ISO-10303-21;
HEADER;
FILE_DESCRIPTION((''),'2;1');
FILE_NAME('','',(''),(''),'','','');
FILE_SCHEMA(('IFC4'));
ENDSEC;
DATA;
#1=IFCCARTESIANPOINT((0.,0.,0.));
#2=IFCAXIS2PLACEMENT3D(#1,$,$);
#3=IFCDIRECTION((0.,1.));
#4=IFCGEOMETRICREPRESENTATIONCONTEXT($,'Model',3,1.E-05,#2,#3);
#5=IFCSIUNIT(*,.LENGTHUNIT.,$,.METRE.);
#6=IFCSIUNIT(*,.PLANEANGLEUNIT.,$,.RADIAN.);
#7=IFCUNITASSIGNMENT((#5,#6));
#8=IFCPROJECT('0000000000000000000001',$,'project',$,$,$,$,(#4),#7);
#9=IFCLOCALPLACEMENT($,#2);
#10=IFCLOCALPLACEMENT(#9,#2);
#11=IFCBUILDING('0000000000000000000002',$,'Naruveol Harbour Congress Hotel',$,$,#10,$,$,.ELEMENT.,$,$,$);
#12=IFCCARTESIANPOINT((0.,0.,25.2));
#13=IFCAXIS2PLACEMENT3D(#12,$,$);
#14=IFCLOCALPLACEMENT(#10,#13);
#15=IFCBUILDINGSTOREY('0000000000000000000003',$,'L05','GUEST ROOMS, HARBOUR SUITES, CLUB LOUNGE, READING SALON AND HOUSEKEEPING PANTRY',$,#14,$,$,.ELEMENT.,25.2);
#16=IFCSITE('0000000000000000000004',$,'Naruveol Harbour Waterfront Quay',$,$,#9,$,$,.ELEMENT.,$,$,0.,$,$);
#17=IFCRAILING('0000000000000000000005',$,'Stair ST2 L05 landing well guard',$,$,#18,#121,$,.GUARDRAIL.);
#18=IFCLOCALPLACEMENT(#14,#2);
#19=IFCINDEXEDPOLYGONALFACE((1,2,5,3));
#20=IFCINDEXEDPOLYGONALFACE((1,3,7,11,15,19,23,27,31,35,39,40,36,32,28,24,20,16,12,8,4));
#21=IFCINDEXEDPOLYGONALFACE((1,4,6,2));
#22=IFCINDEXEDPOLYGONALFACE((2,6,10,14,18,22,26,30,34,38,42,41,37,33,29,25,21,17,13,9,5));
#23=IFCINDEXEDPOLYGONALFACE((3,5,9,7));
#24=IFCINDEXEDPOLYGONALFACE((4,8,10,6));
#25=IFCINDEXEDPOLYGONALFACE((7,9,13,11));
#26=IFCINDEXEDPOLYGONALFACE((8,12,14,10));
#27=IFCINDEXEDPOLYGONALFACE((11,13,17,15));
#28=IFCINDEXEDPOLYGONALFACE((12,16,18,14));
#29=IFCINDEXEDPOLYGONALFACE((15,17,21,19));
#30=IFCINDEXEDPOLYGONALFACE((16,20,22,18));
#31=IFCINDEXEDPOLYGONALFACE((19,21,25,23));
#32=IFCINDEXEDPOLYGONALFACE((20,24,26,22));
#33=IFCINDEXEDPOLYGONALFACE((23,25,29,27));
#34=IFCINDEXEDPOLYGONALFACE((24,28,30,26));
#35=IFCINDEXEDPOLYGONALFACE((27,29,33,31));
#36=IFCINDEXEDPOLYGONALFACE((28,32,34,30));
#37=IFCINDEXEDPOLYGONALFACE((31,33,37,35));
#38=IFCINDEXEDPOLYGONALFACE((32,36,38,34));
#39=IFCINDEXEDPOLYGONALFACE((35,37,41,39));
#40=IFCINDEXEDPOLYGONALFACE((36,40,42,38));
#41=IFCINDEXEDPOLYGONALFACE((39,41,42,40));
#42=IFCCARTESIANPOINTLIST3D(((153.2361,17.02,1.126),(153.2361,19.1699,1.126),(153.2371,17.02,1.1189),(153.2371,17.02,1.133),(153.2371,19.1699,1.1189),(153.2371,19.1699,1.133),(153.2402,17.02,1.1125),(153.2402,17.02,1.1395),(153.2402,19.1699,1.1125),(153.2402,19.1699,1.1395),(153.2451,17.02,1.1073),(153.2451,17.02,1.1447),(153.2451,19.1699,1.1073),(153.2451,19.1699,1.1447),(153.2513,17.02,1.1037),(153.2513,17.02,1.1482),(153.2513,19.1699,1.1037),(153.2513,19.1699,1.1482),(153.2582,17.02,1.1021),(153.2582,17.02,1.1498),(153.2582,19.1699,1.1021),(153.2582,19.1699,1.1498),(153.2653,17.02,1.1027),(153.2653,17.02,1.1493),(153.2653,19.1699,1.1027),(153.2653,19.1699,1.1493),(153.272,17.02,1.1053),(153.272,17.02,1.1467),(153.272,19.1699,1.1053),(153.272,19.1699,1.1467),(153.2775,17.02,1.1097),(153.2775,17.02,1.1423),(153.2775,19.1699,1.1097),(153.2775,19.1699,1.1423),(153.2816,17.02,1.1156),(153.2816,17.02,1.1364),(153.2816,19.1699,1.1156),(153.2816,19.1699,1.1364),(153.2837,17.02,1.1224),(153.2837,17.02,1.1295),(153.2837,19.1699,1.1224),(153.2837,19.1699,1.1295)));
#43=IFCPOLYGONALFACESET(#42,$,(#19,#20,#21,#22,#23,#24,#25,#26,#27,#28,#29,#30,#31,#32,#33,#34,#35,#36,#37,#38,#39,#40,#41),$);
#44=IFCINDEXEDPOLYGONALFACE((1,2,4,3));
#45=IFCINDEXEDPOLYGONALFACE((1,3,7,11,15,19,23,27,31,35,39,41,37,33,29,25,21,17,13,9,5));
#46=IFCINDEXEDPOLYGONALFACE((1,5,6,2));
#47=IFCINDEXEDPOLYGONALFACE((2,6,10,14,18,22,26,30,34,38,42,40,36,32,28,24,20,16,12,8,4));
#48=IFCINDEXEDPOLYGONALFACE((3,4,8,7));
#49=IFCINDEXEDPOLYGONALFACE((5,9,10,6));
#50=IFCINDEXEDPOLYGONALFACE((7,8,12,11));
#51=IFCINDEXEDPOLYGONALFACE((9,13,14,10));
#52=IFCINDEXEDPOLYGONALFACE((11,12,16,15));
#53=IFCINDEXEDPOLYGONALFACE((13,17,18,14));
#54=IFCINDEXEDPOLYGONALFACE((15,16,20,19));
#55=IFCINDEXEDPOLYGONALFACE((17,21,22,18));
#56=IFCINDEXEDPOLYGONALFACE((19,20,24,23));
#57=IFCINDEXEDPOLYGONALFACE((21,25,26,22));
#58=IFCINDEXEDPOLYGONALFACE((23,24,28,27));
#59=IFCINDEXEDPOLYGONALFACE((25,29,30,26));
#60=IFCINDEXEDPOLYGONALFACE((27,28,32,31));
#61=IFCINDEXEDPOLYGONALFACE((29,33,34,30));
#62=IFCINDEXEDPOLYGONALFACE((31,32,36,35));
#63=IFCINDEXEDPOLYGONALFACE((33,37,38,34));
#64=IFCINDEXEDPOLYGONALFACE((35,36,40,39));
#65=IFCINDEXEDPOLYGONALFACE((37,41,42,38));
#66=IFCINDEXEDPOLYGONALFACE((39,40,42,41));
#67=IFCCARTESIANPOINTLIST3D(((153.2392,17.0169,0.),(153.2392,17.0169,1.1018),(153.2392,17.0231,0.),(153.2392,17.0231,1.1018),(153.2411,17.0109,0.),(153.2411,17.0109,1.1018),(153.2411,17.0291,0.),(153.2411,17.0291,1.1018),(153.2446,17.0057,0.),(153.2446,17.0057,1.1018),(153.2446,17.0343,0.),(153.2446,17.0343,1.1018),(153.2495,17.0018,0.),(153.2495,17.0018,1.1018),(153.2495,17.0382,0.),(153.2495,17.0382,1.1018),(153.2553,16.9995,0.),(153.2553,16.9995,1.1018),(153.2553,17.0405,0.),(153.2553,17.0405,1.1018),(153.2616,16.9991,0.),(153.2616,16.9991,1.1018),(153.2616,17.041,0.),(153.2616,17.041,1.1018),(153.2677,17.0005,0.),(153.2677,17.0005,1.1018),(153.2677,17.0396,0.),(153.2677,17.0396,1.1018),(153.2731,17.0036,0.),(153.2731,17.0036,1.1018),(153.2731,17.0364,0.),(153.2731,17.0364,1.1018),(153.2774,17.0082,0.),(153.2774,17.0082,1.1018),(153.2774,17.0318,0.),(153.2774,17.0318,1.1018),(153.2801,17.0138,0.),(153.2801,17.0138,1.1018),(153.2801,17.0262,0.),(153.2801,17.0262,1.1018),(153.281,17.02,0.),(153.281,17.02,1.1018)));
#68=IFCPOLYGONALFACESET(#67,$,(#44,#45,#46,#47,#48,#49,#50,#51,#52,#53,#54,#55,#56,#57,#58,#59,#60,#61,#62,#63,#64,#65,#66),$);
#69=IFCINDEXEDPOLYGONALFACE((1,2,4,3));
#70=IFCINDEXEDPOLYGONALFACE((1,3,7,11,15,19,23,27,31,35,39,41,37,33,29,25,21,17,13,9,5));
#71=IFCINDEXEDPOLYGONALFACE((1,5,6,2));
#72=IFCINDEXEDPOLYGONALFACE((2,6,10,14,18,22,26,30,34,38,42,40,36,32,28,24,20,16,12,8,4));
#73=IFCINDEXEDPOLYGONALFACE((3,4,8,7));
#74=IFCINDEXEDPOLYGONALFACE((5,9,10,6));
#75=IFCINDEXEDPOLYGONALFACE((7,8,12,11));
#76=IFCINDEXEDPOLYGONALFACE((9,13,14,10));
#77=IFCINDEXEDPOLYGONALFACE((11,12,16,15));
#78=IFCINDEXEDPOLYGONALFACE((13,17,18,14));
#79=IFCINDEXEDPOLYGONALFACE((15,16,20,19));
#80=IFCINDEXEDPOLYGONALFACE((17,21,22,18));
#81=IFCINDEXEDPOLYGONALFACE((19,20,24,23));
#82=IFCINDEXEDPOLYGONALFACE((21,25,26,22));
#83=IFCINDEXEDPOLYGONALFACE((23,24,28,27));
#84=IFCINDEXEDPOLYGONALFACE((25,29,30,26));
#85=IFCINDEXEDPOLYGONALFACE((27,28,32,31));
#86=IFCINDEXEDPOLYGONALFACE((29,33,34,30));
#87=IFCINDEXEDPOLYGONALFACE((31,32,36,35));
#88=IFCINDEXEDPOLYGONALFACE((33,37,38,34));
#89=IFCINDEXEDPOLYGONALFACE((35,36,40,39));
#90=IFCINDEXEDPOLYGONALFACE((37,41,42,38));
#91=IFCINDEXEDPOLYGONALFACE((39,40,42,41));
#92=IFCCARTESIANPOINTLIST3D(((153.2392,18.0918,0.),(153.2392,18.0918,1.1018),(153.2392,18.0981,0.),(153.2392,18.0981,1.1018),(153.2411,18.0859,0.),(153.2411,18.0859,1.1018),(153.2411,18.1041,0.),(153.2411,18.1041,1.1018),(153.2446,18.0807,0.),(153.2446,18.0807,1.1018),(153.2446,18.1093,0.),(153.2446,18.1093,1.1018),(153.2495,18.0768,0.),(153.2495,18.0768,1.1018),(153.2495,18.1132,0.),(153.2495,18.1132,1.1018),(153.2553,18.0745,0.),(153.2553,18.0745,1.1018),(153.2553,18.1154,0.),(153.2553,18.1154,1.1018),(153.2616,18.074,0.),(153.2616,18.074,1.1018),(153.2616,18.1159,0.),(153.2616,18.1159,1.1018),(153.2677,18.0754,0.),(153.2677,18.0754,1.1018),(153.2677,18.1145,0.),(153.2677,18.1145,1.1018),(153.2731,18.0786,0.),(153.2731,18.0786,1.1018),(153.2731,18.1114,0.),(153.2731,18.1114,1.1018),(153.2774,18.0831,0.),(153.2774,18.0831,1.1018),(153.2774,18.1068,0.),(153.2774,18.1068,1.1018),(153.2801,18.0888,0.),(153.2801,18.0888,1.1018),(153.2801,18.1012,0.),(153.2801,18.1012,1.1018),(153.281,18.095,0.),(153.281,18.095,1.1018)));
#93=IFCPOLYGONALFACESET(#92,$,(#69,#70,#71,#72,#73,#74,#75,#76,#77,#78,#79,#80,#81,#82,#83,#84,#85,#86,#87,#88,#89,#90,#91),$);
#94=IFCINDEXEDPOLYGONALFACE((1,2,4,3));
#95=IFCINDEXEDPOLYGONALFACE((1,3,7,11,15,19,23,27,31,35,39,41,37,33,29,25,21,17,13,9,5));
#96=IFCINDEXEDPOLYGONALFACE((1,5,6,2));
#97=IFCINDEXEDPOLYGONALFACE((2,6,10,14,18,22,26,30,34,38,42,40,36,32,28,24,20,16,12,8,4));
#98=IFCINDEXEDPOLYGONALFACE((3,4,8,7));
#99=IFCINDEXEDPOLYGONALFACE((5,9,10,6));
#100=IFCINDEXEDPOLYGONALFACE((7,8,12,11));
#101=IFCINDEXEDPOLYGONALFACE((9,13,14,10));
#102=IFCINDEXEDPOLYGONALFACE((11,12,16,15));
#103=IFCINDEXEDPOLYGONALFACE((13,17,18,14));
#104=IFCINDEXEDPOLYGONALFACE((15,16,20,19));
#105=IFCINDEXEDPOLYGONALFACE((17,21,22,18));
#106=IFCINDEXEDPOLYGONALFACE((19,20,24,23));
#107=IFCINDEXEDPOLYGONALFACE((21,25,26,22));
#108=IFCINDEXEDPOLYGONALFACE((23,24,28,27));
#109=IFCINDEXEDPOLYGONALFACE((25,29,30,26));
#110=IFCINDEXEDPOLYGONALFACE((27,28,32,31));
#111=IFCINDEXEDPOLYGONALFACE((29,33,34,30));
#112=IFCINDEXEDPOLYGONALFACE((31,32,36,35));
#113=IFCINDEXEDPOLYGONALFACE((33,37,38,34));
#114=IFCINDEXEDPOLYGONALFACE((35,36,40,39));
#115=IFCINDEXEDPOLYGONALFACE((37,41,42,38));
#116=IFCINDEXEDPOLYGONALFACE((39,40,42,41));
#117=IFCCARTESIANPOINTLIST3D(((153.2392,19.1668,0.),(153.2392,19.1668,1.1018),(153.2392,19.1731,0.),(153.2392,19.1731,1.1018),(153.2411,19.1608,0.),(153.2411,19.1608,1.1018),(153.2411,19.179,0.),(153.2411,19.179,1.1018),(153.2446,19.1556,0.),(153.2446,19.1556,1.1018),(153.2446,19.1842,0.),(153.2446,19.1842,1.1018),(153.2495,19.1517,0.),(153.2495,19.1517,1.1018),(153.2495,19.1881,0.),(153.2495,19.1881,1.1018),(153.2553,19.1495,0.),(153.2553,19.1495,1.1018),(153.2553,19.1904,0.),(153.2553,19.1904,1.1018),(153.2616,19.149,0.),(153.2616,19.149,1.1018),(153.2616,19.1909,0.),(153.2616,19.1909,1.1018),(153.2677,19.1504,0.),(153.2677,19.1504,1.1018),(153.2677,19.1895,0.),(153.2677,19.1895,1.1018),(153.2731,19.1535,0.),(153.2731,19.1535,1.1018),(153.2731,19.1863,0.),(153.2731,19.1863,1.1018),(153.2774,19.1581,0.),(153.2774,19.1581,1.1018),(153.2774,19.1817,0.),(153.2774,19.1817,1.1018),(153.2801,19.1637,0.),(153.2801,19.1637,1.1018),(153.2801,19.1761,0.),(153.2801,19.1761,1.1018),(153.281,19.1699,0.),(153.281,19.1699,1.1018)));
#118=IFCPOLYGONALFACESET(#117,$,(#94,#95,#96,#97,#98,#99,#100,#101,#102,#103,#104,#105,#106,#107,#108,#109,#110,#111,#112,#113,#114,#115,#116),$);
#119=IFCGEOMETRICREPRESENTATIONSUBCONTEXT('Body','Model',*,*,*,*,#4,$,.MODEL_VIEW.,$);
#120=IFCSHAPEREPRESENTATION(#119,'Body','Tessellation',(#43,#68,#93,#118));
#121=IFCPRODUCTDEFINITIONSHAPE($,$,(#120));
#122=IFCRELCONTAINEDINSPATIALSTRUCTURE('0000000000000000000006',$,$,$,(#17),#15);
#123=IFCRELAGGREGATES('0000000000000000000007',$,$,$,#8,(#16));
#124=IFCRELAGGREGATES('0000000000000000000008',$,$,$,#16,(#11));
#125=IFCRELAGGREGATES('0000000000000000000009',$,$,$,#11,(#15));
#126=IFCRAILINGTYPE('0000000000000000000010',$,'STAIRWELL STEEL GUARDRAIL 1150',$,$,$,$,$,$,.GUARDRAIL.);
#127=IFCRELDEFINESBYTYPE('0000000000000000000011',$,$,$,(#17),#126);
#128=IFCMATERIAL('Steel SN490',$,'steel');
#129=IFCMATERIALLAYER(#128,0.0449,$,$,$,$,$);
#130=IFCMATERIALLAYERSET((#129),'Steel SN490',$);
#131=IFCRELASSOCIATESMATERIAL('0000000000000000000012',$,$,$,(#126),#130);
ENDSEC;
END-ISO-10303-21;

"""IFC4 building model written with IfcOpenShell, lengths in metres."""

from ifc_helpers import new_model, si_unit, direction, frame, origin, origin_2d, place, context, subcontext, project, spatial, circle, extrude, material, layer, layer_set, type_object, element, save


model = new_model("IFC4")

# Units and contexts
model_context = context("Model", 3, precision=1e-05, world=origin(), true_north=direction((0.0, 1.0)))
body_context = subcontext(model_context, "Body", "Model", "MODEL_VIEW")
ifc_project = project(units=[si_unit("LENGTHUNIT", "METRE"), si_unit("PLANEANGLEUNIT", "RADIAN")], contexts=[model_context])

# Site, building, storey
site_placement = place(None, origin())
site = spatial("IfcSite", under=ifc_project, at=site_placement, Name="Naruveol Harbour Waterfront Quay", CompositionType="ELEMENT", RefElevation=0.0)
building_placement = place(site_placement, origin())
building = spatial("IfcBuilding", under=site, at=building_placement, Name="Naruveol Harbour Congress Hotel", CompositionType="ELEMENT")
storey_placement = place(building_placement, frame((0.0, 0.0, 25.2)))
storey = spatial("IfcBuildingStorey", under=building, at=storey_placement, Name="L05", Description="GUEST ROOMS, HARBOUR SUITES, CLUB LOUNGE, READING SALON AND HOUSEKEEPING PANTRY", CompositionType="ELEMENT", Elevation=25.2)

# Railing
ifc_material_1 = material(Name="Steel SN490", Category="steel")
ifc_layer_1 = layer(ifc_material_1, 0.0449)
ifc_layer_set_1 = layer_set([ifc_layer_1], Name="Steel SN490")
railing_type_1 = type_object("IfcRailingType", Name="STAIRWELL STEEL GUARDRAIL 1150", PredefinedType="GUARDRAIL", material=ifc_layer_set_1)
railing_1_placement = place(storey_placement, frame((153.26, 17.02, 0.0)))
element("IfcRailing", 1, at=railing_1_placement, inside=storey, type_object=railing_type_1, Name="Stair ST2 L05 landing well guard", PredefinedType="GUARDRAIL", context=body_context, shape_type="SweptSolid", body=[
    extrude(circle(Radius=0.0239, at=origin_2d()), frame((0.0, 0.0, 1.126), z_axis=(0.0, 1.0, 0.0), x_axis=(-1.0, 0.0, 0.0)), (0.0, 0.0, 1.0), 2.1499),
    extrude(circle(Radius=0.021, at=origin_2d()), origin(), (0.0, 0.0, 1.0), 1.1018),
    extrude(circle(Radius=0.021, at=origin_2d()), frame((0.0, 1.075, 0.0)), (0.0, 0.0, 1.0), 1.1018),
    extrude(circle(Radius=0.021, at=origin_2d()), frame((0.0, 2.1499, 0.0)), (0.0, 0.0, 1.0), 1.1018),
])

save(model, "model.ifc")
